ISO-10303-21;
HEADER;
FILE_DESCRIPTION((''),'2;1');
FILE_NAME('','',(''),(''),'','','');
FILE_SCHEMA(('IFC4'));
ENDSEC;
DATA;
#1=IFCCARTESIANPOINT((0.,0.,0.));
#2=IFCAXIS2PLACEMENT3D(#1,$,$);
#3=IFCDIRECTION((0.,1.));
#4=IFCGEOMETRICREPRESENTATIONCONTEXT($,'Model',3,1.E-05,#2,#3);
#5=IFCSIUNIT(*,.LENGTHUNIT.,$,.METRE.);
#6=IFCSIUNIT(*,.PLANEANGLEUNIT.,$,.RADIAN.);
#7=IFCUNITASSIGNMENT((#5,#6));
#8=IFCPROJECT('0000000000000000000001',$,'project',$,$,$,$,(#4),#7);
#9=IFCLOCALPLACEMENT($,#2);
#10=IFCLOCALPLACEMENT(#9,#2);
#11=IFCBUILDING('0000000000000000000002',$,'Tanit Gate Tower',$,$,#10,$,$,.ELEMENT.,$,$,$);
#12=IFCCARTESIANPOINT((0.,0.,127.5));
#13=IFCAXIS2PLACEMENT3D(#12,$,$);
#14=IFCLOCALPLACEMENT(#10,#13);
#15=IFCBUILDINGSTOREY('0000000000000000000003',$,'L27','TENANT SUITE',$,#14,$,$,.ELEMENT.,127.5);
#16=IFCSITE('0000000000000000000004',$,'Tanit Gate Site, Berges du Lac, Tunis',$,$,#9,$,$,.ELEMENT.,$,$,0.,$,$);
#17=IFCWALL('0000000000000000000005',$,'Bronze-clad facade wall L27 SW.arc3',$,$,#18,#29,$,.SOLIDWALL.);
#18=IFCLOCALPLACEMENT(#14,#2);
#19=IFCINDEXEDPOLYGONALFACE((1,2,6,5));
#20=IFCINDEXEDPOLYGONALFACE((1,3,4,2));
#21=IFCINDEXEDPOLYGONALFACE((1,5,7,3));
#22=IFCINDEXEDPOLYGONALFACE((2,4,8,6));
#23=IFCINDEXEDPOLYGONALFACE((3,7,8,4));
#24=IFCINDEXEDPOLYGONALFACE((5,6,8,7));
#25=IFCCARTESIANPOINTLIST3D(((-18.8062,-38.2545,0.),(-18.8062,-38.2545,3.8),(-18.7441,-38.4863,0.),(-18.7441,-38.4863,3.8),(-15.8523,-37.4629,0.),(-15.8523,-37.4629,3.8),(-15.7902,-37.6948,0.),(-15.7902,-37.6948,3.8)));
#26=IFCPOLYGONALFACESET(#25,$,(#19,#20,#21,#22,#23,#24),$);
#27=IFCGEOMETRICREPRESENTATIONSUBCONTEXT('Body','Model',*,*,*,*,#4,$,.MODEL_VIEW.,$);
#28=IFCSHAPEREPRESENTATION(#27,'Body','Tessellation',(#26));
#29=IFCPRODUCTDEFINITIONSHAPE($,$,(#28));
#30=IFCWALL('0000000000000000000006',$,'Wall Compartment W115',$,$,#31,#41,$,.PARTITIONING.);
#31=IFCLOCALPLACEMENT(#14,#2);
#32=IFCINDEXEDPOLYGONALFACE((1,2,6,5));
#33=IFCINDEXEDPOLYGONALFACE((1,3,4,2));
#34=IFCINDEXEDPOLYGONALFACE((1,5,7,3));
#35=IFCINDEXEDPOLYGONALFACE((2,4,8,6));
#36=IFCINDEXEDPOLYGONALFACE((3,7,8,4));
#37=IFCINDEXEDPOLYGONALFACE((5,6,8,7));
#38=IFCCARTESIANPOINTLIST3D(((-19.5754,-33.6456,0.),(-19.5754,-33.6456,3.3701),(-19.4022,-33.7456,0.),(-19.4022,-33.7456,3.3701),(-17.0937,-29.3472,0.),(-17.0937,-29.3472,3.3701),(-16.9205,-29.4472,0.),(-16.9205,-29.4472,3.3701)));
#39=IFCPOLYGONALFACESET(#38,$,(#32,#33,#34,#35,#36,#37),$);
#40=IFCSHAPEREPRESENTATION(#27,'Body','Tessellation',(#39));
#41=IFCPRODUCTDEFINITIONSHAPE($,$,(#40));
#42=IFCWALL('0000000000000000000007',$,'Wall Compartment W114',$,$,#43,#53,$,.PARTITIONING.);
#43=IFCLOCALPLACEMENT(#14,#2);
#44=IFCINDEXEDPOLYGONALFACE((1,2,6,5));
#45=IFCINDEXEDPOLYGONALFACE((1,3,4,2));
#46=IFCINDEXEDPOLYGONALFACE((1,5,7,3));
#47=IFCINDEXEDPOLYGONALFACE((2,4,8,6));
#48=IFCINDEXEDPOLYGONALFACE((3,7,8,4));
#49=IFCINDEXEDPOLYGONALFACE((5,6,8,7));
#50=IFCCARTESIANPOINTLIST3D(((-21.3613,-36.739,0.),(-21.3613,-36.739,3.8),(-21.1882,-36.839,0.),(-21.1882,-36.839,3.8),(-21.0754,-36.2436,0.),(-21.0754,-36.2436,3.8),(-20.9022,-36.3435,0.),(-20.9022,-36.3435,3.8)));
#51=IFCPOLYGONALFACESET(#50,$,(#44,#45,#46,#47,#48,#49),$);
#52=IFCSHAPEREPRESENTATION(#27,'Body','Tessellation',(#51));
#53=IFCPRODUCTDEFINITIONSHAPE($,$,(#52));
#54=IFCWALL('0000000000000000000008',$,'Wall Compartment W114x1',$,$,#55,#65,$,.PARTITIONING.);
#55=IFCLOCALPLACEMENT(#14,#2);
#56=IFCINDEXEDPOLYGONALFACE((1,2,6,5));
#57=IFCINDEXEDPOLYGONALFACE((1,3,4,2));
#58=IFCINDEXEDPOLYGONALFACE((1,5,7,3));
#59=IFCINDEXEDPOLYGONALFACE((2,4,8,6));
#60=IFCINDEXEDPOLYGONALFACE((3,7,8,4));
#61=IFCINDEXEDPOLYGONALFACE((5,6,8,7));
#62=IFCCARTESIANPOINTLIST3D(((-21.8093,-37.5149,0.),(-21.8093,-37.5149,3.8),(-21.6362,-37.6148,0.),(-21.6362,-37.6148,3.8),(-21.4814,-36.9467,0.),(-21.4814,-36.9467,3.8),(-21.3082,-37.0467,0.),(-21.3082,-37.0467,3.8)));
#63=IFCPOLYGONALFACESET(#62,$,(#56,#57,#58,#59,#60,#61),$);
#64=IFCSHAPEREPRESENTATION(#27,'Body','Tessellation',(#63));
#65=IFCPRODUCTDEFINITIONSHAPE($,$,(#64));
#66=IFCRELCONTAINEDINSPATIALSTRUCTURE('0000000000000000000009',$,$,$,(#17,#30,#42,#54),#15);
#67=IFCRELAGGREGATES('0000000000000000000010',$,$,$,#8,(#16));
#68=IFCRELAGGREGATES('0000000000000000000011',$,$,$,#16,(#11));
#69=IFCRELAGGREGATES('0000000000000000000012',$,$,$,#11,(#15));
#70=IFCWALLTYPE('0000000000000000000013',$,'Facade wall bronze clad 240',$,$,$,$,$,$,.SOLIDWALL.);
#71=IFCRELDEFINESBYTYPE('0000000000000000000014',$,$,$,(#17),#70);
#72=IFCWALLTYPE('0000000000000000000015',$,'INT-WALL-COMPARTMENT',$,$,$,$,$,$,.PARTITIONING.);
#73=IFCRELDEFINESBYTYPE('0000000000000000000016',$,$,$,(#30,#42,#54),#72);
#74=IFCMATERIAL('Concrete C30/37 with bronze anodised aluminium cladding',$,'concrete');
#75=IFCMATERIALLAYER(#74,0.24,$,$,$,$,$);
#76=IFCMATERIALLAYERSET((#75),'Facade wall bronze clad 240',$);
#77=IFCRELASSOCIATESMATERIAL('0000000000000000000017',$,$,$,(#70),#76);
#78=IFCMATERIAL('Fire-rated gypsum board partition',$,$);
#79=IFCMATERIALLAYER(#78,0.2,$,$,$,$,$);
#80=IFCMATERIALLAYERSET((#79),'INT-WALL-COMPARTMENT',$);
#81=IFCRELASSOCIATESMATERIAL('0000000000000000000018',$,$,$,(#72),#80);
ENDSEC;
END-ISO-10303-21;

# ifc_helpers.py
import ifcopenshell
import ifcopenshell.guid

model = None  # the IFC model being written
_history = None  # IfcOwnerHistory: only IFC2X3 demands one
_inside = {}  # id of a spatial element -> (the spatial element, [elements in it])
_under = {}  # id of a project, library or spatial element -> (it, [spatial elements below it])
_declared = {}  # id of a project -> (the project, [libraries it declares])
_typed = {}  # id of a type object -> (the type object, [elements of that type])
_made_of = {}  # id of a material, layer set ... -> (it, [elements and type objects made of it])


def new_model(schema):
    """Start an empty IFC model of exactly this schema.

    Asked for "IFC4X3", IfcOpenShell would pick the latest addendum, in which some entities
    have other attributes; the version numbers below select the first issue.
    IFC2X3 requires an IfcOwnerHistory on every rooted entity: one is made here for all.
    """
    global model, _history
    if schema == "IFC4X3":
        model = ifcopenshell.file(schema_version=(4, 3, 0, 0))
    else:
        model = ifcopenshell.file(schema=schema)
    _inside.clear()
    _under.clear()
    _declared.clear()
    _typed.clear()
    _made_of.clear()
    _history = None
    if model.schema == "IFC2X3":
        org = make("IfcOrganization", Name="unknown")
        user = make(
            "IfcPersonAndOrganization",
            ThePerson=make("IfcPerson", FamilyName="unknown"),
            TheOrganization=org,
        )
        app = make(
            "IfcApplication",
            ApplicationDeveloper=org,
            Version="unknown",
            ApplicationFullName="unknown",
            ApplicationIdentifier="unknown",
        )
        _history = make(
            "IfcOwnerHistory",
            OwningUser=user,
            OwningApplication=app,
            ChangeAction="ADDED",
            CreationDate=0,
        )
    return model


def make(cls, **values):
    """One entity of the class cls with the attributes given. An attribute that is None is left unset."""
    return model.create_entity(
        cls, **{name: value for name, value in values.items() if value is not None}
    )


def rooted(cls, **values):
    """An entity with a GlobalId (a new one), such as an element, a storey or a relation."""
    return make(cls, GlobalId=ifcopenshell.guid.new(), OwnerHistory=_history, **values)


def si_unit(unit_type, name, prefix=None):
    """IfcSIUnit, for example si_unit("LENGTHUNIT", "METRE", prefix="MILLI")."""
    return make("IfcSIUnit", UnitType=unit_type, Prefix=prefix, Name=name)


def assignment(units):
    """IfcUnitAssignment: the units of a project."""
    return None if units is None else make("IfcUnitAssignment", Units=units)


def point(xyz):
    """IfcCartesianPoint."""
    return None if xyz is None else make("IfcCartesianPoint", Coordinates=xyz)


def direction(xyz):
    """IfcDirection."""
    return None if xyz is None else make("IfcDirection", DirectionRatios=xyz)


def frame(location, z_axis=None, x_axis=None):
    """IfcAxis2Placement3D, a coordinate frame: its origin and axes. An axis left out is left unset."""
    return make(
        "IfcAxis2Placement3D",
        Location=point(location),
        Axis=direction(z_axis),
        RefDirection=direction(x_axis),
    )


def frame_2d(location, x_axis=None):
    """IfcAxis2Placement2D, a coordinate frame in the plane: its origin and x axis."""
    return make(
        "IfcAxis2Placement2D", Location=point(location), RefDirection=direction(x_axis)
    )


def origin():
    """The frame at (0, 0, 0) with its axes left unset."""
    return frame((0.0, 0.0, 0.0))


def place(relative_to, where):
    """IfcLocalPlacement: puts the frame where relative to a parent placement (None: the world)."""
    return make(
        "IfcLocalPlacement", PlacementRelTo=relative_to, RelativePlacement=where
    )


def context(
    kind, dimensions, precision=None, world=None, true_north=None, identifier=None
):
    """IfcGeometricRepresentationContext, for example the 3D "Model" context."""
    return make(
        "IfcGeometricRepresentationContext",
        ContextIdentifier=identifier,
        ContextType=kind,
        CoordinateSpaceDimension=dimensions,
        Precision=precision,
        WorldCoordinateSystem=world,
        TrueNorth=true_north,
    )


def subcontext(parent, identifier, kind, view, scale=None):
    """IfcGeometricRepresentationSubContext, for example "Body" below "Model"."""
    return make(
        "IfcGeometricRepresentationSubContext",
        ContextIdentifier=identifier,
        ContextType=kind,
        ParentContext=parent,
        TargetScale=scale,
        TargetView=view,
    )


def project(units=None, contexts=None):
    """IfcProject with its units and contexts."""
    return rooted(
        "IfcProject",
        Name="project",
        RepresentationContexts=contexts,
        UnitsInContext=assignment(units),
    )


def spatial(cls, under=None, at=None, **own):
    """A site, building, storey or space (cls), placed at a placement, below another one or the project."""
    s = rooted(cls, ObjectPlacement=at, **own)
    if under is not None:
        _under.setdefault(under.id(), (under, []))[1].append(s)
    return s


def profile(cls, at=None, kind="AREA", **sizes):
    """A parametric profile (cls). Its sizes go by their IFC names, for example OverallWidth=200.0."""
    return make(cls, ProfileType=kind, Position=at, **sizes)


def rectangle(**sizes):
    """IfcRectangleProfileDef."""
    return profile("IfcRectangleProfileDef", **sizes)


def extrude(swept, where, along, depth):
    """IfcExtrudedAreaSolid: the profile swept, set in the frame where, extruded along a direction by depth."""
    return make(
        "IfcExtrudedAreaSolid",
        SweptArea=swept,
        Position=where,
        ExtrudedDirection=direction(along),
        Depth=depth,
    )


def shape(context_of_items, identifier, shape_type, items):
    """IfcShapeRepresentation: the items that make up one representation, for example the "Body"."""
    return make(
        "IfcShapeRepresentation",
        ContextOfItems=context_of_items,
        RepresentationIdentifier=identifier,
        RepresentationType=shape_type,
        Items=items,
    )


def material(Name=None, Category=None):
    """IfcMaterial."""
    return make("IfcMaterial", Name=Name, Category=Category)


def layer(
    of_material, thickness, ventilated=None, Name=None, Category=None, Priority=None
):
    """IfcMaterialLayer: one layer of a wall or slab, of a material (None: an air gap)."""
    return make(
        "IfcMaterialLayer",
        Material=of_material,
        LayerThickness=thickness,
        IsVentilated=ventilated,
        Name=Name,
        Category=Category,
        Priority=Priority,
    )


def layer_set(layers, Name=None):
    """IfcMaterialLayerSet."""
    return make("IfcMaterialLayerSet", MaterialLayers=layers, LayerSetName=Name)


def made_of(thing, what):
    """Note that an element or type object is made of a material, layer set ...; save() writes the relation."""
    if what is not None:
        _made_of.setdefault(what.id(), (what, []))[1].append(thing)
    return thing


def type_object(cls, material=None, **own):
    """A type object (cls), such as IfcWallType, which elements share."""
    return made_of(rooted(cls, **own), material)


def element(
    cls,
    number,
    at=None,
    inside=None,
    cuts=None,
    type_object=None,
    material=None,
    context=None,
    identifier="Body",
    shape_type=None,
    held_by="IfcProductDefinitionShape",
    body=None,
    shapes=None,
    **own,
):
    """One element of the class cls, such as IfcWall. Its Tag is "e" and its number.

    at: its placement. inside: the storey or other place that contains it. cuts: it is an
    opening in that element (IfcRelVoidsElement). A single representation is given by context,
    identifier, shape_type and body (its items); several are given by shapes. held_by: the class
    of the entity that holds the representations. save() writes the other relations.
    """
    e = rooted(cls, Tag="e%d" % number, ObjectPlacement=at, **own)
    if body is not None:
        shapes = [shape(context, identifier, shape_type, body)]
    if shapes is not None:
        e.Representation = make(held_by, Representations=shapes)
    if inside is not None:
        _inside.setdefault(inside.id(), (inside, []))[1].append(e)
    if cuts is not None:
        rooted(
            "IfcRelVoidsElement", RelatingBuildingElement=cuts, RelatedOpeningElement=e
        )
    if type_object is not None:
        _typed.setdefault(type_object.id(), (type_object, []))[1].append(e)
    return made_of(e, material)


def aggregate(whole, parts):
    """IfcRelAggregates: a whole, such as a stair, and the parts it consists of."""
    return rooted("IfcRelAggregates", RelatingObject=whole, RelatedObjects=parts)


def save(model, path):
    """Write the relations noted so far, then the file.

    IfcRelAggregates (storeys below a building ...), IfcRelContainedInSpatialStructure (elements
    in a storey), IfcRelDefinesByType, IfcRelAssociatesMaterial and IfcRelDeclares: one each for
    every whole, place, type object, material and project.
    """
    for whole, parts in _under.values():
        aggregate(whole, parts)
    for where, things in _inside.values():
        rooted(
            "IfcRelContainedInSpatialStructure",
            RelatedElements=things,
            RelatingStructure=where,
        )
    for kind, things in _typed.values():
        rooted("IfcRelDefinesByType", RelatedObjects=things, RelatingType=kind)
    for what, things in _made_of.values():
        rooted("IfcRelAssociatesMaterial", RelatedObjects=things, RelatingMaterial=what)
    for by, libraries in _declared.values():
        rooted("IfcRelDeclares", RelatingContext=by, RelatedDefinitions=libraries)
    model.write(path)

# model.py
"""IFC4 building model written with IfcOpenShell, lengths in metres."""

from ifc_helpers import new_model, si_unit, direction, frame, frame_2d, origin, place, context, subcontext, project, spatial, rectangle, extrude, material, layer, layer_set, type_object, element, save


model = new_model("IFC4")

# Units and contexts
model_context = context("Model", 3, precision=1e-05, world=origin(), true_north=direction((0.0, 1.0)))
body_context = subcontext(model_context, "Body", "Model", "MODEL_VIEW")
ifc_project = project(units=[si_unit("LENGTHUNIT", "METRE"), si_unit("PLANEANGLEUNIT", "RADIAN")], contexts=[model_context])

# Site, building, storey
site_placement = place(None, origin())
site = spatial("IfcSite", under=ifc_project, at=site_placement, Name="Tanit Gate Site, Berges du Lac, Tunis", CompositionType="ELEMENT", RefElevation=0.0)
building_placement = place(site_placement, origin())
building = spatial("IfcBuilding", under=site, at=building_placement, Name="Tanit Gate Tower", CompositionType="ELEMENT")
storey_placement = place(building_placement, frame((0.0, 0.0, 127.5)))
storey = spatial("IfcBuildingStorey", under=building, at=storey_placement, Name="L27", Description="TENANT SUITE", CompositionType="ELEMENT", Elevation=127.5)

# Walls
ifc_material_1 = material(Name="Concrete C30/37 with bronze anodised aluminium cladding", Category="concrete")
ifc_layer_1 = layer(ifc_material_1, 0.24)
ifc_layer_set_1 = layer_set([ifc_layer_1], Name="Facade wall bronze clad 240")
wall_type_1 = type_object("IfcWallType", Name="Facade wall bronze clad 240", PredefinedType="SOLIDWALL", material=ifc_layer_set_1)
wall_1_placement = place(storey_placement, frame((-18.7751, -38.3704, 0.0), z_axis=(0.0, 0.0, 1.0), x_axis=(0.965924, 0.258825, 0.0)))
element("IfcWall", 1, at=wall_1_placement, inside=storey, type_object=wall_type_1, Name="Bronze-clad facade wall L27 SW.arc3", PredefinedType="SOLIDWALL", context=body_context, shape_type="SweptSolid", body=[
    extrude(rectangle(XDim=3.0581, YDim=0.24, at=frame_2d((1.5291, 0.0))), origin(), (0.0, 0.0, 1.0), 3.8),
])
ifc_material_2 = material(Name="Fire-rated gypsum board partition")
ifc_layer_2 = layer(ifc_material_2, 0.2)
ifc_layer_set_2 = layer_set([ifc_layer_2], Name="INT-WALL-COMPARTMENT")
wall_type_2 = type_object("IfcWallType", Name="INT-WALL-COMPARTMENT", PredefinedType="PARTITIONING", material=ifc_layer_set_2)
wall_2_placement = place(storey_placement, frame((-17.0071, -29.3972, 0.0), z_axis=(0.0, 0.0, 1.0), x_axis=(-0.500006, -0.866022, 0.0)))
element("IfcWall", 2, at=wall_2_placement, inside=storey, type_object=wall_type_2, Name="Wall Compartment W115", PredefinedType="PARTITIONING", context=body_context, shape_type="SweptSolid", body=[
    extrude(rectangle(XDim=4.9634, YDim=0.2, at=frame_2d((2.4817, 0.0))), origin(), (0.0, 0.0, 1.0), 3.3701),
])
wall_3_placement = place(storey_placement, frame((-20.9888, -36.2935, 0.0), z_axis=(0.0, 0.0, 1.0), x_axis=(-0.499858, -0.866107, 0.0)))
element("IfcWall", 3, at=wall_3_placement, inside=storey, type_object=wall_type_2, Name="Wall Compartment W114", PredefinedType="PARTITIONING", context=body_context, shape_type="SweptSolid", body=[
    extrude(rectangle(XDim=0.572, YDim=0.2, at=frame_2d((0.2861, 0.0))), origin(), (0.0, 0.0, 1.0), 3.8),
])
wall_4_placement = place(storey_placement, frame((-21.3948, -36.9966, 0.0), z_axis=(0.0, 0.0, 1.0), x_axis=(-0.499862, -0.866105, 0.0)))
element("IfcWall", 4, at=wall_4_placement, inside=storey, type_object=wall_type_2, Name="Wall Compartment W114x1", PredefinedType="PARTITIONING", context=body_context, shape_type="SweptSolid", body=[
    extrude(rectangle(XDim=0.656, YDim=0.2, at=frame_2d((0.3281, 0.0))), origin(), (0.0, 0.0, 1.0), 3.8),
])

save(model, "model.ifc")
